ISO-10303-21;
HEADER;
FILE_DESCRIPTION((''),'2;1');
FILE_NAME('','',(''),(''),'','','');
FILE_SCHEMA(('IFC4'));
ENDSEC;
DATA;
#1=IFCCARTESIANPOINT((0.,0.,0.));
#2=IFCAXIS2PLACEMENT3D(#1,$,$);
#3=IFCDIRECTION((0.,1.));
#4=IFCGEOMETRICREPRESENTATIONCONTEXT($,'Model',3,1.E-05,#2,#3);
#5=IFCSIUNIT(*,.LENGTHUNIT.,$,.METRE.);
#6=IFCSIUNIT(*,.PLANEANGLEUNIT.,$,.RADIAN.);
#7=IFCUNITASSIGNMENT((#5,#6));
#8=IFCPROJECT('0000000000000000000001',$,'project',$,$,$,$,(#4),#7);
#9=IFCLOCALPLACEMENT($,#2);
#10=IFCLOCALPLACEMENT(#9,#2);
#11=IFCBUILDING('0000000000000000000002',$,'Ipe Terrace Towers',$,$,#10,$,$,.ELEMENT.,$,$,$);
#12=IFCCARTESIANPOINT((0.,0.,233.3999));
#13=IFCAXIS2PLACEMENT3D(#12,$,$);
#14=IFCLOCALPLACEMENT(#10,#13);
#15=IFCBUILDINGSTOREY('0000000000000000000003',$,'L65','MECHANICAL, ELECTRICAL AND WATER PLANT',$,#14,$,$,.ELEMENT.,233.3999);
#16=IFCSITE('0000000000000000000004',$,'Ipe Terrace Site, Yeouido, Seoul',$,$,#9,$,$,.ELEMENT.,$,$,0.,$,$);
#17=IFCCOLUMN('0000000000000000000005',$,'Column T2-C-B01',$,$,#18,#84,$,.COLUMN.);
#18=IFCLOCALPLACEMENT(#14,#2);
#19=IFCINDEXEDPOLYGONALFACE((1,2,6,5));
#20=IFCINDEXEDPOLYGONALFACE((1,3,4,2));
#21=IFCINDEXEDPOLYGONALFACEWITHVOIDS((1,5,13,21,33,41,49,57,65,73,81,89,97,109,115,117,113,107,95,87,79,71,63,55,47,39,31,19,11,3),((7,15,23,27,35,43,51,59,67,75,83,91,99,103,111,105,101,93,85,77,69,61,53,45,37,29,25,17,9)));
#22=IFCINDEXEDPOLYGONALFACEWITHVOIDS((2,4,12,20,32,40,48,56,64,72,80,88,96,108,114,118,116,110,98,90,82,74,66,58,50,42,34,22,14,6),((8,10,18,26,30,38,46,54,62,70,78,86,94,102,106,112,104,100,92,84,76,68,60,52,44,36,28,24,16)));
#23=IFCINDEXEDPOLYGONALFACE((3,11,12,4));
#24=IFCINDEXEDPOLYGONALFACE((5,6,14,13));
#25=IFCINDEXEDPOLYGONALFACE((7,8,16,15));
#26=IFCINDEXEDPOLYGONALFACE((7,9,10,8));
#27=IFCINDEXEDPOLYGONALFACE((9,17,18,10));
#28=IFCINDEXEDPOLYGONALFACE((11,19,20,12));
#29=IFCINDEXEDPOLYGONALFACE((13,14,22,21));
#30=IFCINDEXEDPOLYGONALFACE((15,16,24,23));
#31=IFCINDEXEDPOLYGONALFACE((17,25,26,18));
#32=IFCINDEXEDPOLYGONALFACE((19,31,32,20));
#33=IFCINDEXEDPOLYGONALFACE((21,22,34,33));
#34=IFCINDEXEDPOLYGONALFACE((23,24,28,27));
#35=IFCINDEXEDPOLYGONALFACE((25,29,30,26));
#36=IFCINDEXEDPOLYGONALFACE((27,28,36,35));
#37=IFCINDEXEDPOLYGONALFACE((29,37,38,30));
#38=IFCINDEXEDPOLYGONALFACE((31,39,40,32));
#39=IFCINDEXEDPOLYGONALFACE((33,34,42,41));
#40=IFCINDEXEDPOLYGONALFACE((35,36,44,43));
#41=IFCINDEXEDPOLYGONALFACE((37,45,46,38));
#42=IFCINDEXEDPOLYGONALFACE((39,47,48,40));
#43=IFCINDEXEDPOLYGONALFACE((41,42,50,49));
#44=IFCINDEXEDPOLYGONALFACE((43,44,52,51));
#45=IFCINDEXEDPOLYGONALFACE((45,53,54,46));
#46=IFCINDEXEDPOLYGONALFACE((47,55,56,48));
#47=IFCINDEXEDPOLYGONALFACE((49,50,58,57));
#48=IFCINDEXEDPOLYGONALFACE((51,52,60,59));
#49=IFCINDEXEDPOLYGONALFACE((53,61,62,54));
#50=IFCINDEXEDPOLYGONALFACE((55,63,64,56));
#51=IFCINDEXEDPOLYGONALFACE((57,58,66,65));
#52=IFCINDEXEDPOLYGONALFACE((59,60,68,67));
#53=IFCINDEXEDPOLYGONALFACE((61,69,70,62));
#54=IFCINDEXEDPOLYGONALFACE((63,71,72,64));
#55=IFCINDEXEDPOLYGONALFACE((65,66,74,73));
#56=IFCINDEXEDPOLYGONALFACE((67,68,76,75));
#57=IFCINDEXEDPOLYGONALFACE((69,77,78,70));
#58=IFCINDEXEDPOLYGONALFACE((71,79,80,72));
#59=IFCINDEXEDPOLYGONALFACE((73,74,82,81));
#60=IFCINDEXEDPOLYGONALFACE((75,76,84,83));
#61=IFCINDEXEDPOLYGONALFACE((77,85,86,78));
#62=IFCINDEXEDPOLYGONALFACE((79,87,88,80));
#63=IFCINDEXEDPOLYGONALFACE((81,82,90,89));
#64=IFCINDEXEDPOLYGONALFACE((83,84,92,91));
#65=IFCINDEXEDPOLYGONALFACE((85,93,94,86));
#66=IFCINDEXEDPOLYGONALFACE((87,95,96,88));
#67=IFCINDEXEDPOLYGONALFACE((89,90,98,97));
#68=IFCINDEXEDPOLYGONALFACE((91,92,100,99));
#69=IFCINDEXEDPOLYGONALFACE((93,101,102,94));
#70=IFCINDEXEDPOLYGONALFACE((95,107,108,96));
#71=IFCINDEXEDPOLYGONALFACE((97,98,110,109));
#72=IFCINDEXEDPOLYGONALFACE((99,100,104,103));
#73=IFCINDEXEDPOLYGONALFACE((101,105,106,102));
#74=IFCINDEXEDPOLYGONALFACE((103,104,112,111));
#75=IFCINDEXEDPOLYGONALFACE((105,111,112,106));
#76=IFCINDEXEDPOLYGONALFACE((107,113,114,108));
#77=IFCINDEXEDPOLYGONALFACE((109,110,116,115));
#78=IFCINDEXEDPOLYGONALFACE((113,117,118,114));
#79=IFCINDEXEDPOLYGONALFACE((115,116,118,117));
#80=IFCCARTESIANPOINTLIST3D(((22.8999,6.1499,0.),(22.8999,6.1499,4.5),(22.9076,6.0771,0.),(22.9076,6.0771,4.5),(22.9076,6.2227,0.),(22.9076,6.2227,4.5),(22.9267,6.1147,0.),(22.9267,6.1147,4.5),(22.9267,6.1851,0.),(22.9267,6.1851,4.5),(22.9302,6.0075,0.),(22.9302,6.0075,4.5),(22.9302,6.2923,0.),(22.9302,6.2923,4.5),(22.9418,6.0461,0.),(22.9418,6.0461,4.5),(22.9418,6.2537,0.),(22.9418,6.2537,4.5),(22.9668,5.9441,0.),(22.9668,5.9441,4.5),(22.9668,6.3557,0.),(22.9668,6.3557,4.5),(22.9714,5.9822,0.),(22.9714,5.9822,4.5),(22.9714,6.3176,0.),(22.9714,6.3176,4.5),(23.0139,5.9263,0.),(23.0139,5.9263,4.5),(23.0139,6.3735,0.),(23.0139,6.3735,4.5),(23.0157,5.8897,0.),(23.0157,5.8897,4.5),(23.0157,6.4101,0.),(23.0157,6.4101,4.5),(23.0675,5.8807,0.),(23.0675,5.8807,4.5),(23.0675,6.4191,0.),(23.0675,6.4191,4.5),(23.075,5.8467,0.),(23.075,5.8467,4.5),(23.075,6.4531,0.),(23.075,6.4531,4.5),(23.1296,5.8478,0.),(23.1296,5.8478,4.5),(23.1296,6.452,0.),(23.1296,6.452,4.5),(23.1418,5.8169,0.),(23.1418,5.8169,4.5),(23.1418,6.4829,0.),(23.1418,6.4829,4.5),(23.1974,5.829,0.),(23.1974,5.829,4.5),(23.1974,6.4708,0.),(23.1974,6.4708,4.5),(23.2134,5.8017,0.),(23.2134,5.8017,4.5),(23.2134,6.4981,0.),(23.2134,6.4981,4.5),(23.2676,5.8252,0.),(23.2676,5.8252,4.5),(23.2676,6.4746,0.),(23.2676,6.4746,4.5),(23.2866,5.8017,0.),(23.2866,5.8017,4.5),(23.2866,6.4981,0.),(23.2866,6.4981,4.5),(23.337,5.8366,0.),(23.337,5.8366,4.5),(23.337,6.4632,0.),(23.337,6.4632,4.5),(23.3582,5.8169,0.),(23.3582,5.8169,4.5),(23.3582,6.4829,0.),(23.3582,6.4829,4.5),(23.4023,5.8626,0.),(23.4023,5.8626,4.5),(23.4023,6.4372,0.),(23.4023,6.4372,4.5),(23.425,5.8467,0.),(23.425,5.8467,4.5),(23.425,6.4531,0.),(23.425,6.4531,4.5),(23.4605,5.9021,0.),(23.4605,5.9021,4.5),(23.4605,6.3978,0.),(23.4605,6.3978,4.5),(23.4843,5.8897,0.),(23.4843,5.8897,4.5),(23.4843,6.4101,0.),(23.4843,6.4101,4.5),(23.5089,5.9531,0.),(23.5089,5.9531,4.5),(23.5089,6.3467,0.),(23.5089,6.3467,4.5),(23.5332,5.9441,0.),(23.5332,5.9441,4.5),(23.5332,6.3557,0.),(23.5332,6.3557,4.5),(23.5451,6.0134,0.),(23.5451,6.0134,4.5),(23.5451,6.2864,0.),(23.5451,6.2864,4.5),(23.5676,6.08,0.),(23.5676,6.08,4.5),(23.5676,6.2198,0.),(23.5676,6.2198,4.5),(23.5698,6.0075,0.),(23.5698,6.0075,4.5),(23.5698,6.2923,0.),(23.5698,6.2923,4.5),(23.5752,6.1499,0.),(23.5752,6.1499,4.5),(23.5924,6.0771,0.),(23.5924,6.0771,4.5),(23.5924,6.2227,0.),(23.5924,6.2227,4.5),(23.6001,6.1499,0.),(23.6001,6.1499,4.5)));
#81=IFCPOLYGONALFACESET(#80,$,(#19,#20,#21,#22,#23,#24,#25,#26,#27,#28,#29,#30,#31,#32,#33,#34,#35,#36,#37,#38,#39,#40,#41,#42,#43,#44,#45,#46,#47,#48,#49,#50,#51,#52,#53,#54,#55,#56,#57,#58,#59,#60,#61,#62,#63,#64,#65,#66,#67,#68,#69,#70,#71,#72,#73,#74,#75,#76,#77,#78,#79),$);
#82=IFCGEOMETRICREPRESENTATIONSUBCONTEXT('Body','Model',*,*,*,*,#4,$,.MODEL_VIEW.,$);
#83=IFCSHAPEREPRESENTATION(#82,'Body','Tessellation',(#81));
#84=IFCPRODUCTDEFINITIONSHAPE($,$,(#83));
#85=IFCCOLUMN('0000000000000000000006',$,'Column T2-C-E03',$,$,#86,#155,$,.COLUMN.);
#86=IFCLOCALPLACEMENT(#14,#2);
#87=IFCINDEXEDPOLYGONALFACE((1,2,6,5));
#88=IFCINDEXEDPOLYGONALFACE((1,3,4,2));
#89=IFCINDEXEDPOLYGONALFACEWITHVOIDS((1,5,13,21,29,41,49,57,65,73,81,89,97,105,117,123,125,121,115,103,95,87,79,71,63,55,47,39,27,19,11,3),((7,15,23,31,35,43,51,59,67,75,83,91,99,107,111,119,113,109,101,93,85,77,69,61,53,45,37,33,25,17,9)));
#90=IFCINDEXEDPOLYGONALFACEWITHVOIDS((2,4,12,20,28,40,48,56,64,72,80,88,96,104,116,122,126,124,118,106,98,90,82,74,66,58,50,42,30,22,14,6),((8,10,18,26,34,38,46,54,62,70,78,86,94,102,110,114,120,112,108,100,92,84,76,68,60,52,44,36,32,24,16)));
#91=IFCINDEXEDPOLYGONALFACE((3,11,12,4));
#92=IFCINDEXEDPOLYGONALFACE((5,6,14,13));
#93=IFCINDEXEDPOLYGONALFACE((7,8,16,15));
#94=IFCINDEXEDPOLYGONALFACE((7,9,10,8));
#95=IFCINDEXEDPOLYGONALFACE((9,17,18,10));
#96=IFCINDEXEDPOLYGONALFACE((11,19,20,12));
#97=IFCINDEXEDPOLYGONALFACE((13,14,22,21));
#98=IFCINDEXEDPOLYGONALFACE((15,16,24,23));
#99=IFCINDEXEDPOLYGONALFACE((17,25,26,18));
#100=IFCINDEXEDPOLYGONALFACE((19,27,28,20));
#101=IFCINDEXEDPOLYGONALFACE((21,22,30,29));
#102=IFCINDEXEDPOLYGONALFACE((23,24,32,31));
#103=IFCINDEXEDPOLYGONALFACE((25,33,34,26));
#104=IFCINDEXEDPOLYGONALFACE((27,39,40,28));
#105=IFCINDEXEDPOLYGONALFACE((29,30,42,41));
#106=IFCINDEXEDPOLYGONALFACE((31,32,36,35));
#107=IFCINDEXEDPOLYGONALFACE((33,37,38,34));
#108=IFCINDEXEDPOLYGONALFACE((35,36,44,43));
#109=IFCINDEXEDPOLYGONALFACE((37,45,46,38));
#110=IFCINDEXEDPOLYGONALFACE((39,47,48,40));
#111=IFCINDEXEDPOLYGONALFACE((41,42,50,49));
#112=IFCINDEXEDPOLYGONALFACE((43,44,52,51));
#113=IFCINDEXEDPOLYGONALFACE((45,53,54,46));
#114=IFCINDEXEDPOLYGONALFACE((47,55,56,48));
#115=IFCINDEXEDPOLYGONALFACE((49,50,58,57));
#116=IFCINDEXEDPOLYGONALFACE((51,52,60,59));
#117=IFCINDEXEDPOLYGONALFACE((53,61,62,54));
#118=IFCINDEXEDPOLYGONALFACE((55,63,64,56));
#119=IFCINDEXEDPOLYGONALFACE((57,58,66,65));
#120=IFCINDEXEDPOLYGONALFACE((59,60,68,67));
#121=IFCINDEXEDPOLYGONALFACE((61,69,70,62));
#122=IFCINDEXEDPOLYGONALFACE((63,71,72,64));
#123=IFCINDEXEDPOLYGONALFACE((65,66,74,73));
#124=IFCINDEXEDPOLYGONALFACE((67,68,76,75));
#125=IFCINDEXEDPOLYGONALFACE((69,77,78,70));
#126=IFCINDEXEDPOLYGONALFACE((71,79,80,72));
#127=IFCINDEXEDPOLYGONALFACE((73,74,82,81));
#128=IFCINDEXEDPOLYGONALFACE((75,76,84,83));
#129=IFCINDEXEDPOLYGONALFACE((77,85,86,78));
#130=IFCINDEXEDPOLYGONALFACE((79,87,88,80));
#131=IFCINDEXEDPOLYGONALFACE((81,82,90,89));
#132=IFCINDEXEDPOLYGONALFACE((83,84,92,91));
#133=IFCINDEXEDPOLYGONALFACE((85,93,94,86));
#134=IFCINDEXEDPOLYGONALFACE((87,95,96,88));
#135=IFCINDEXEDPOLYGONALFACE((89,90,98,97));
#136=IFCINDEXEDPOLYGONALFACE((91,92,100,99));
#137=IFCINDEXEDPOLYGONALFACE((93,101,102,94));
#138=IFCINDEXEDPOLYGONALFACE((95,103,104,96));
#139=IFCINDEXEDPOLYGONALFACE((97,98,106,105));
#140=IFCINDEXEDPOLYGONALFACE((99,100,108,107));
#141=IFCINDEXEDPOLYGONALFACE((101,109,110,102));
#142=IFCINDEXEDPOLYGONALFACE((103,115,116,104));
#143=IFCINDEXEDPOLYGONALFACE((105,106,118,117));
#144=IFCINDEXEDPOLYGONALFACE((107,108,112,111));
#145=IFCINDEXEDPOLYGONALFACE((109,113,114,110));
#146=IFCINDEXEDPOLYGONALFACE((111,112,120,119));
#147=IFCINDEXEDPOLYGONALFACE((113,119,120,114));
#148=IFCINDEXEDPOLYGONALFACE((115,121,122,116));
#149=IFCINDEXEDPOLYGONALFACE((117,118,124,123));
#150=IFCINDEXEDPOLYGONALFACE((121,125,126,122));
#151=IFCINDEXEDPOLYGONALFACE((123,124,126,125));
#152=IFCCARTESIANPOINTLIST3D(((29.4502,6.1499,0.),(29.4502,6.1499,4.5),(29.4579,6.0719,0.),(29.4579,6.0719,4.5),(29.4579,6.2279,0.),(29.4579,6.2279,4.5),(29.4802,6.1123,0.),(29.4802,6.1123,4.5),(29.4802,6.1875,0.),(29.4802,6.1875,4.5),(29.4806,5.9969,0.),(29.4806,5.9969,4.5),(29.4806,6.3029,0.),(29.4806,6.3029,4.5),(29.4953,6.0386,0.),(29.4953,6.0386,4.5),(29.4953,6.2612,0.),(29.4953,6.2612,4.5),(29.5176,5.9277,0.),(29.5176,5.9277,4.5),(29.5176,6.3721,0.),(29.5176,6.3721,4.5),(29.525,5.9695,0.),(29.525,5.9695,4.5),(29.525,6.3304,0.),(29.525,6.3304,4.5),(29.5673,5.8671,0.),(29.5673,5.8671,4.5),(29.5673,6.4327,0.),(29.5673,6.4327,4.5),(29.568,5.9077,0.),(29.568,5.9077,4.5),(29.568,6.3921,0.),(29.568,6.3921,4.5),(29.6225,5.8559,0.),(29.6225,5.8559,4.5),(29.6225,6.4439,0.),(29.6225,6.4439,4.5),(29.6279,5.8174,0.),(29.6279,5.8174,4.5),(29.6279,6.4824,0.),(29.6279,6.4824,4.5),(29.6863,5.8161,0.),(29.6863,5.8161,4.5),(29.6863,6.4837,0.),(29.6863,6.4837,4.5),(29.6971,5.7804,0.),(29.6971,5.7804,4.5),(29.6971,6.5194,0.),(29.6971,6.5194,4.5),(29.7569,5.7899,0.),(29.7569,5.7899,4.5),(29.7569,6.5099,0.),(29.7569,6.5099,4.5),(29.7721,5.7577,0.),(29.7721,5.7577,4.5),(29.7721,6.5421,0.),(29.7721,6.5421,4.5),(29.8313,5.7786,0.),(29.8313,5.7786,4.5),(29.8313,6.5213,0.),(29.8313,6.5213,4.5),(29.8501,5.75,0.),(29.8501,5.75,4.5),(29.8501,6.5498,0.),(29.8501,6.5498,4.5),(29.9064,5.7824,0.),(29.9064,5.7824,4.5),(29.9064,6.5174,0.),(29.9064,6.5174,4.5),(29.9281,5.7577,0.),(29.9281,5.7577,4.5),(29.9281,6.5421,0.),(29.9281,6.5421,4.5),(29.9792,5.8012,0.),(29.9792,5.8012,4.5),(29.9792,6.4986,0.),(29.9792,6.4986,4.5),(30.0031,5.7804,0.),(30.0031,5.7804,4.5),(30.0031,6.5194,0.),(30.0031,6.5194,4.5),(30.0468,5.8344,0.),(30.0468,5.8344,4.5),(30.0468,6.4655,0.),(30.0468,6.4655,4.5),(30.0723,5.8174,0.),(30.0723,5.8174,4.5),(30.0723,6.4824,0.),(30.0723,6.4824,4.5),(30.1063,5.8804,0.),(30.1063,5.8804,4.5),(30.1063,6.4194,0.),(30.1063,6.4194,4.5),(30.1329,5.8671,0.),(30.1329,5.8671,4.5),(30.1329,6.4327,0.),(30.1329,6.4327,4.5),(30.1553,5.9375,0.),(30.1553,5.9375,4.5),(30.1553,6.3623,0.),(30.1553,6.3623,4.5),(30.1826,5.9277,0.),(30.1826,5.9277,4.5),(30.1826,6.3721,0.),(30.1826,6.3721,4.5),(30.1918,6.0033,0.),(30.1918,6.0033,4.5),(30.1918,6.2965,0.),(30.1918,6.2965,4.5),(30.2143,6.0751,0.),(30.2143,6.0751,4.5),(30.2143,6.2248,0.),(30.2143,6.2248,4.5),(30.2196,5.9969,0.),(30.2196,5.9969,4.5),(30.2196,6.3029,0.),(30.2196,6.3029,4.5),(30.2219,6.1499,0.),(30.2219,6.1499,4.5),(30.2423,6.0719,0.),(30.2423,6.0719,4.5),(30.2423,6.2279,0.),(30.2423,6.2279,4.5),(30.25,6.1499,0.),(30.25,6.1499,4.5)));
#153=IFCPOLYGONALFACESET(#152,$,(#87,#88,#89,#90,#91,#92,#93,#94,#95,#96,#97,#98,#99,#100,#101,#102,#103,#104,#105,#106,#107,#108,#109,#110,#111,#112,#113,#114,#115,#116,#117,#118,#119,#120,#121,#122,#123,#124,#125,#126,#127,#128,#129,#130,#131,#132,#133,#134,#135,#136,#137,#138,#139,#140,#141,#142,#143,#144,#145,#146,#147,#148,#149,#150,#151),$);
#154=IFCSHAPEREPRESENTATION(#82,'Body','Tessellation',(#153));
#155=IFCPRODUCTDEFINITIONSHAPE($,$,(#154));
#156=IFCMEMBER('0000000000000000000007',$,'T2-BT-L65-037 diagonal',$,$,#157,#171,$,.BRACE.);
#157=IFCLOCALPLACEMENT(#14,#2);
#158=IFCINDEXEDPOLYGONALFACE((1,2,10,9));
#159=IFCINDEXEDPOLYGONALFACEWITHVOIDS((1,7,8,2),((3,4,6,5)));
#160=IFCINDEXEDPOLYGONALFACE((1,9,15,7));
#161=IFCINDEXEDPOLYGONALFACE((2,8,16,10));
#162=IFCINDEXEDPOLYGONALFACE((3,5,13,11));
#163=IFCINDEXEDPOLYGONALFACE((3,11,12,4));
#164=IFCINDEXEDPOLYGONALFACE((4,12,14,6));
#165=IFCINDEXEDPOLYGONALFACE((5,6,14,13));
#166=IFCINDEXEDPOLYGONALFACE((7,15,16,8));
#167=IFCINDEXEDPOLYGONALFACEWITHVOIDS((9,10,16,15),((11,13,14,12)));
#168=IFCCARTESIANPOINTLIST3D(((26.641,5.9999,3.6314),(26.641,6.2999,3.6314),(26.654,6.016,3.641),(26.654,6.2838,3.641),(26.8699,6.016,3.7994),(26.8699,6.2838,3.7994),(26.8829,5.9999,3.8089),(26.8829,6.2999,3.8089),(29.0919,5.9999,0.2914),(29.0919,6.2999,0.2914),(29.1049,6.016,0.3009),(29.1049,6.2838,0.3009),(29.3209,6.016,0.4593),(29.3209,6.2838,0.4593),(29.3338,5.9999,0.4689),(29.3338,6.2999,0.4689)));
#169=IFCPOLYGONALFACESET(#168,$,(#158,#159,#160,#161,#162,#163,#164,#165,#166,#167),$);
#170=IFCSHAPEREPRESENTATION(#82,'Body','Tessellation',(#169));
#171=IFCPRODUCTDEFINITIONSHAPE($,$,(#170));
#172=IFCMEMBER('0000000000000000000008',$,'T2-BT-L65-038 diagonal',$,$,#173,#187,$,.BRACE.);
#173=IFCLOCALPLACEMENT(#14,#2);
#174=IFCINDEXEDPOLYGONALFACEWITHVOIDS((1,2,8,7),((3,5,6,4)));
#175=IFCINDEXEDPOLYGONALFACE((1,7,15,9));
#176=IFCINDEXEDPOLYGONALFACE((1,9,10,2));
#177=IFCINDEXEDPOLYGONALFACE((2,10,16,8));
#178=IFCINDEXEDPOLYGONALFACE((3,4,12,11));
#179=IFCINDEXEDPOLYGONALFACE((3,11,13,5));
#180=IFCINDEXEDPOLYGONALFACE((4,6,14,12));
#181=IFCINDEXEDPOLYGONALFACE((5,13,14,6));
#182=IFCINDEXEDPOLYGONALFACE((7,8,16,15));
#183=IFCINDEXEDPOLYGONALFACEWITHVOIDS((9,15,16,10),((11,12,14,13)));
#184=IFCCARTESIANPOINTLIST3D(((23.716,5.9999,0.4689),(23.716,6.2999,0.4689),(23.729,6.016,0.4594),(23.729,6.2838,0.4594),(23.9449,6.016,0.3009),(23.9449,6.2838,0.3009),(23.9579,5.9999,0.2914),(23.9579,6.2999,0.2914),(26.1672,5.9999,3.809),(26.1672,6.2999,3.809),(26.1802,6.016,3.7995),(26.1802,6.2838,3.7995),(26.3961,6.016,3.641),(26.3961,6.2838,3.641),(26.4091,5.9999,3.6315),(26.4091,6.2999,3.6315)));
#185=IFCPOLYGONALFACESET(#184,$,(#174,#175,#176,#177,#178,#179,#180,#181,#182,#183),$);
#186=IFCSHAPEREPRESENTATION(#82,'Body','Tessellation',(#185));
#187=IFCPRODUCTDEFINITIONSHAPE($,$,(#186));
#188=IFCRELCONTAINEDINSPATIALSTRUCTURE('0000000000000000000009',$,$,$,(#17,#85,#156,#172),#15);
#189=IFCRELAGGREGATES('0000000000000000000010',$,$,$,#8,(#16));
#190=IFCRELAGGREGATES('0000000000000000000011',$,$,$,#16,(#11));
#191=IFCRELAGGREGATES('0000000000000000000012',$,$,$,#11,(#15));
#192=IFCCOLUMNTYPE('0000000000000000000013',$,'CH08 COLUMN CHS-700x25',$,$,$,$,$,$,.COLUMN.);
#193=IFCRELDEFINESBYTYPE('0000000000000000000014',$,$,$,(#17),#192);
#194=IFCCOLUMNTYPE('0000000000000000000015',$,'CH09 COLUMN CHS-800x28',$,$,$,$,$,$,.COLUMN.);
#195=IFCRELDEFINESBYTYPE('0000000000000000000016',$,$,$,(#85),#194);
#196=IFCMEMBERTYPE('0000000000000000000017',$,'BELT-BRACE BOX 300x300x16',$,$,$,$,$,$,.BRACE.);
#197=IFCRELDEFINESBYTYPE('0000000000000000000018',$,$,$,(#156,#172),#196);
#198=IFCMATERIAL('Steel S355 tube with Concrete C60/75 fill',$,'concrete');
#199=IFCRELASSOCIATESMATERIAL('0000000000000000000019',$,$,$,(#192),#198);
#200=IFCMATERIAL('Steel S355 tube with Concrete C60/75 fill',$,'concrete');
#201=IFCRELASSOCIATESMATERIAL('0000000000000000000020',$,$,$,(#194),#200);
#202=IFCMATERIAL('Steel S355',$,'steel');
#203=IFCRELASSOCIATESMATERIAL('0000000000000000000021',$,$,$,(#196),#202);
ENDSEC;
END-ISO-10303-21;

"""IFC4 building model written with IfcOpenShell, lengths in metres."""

from ifc_helpers import new_model, si_unit, direction, frame, origin, origin_2d, place, context, subcontext, project, spatial, hollow_rectangle, hollow_circle, extrude, material, material_profile, profile_set, type_object, element, save


model = new_model("IFC4")

# Units and contexts
model_context = context("Model", 3, precision=1e-05, world=origin(), true_north=direction((0.0, 1.0)))
body_context = subcontext(model_context, "Body", "Model", "MODEL_VIEW")
ifc_project = project(units=[si_unit("LENGTHUNIT", "METRE"), si_unit("PLANEANGLEUNIT", "RADIAN")], contexts=[model_context])

# Site, building, storey
site_placement = place(None, origin())
site = spatial("IfcSite", under=ifc_project, at=site_placement, Name="Ipe Terrace Site, Yeouido, Seoul", CompositionType="ELEMENT", RefElevation=0.0)
building_placement = place(site_placement, origin())
building = spatial("IfcBuilding", under=site, at=building_placement, Name="Ipe Terrace Towers", CompositionType="ELEMENT")
storey_placement = place(building_placement, frame((0.0, 0.0, 233.3999)))
storey = spatial("IfcBuildingStorey", under=building, at=storey_placement, Name="L65", Description="MECHANICAL, ELECTRICAL AND WATER PLANT", CompositionType="ELEMENT", Elevation=233.3999)

# Columns
ifc_material_1 = material(Name="Steel S355 tube with Concrete C60/75 fill", Category="concrete")
ifc_material_profile_1 = material_profile(ifc_material_1, hollow_circle(Radius=0.3501, WallThickness=0.0249, at=origin_2d()), Name="CHS-700x25")
ifc_profile_set_1 = profile_set([ifc_material_profile_1], Name="Steel S355 tube with Concrete C60/75 fill")
column_type_1 = type_object("IfcColumnType", Name="CH08 COLUMN CHS-700x25", PredefinedType="COLUMN", material=ifc_profile_set_1)
column_1_placement = place(storey_placement, frame((23.25, 6.1499, 0.0), z_axis=(0.0, 0.0, 1.0), x_axis=(1.0, 0.0, 0.0)))
element("IfcColumn", 1, at=column_1_placement, inside=storey, type_object=column_type_1, Name="Column T2-C-B01", PredefinedType="COLUMN", context=body_context, shape_type="SweptSolid", body=[
    extrude(hollow_circle(Radius=0.3501, WallThickness=0.0249, at=origin_2d()), origin(), (0.0, 0.0, 1.0), 4.5),
])
ifc_material_2 = material(Name="Steel S355 tube with Concrete C60/75 fill", Category="concrete")
ifc_material_profile_2 = material_profile(ifc_material_2, hollow_circle(Radius=0.3999, WallThickness=0.0281, at=origin_2d()), Name="CHS-800x28")
ifc_profile_set_2 = profile_set([ifc_material_profile_2], Name="Steel S355 tube with Concrete C60/75 fill")
column_type_2 = type_object("IfcColumnType", Name="CH09 COLUMN CHS-800x28", PredefinedType="COLUMN", material=ifc_profile_set_2)
column_2_placement = place(storey_placement, frame((29.8501, 6.1499, 0.0), z_axis=(0.0, 0.0, 1.0), x_axis=(1.0, 0.0, 0.0)))
element("IfcColumn", 2, at=column_2_placement, inside=storey, type_object=column_type_2, Name="Column T2-C-E03", PredefinedType="COLUMN", context=body_context, shape_type="SweptSolid", body=[
    extrude(hollow_circle(Radius=0.3999, WallThickness=0.0281, at=origin_2d()), origin(), (0.0, 0.0, 1.0), 4.5),
])

# Members
ifc_material_3 = material(Name="Steel S355", Category="steel")
ifc_material_profile_3 = material_profile(ifc_material_3, hollow_rectangle(XDim=0.3, YDim=0.3, WallThickness=0.0161, at=origin_2d()), Name="BELT-BRACE BOX 300x300x16")
ifc_profile_set_3 = profile_set([ifc_material_profile_3], Name="Steel S355")
member_type_1 = type_object("IfcMemberType", Name="BELT-BRACE BOX 300x300x16", PredefinedType="BRACE", material=ifc_profile_set_3)
member_1_placement = place(storey_placement, frame((29.2129, 6.1499, 0.3801), z_axis=(-0.591604, 0.0, 0.806229), x_axis=(0.0, -1.0, 0.0)))
element("IfcMember", 3, at=member_1_placement, inside=storey, type_object=member_type_1, Name="T2-BT-L65-037 diagonal", PredefinedType="BRACE", context=body_context, shape_type="SweptSolid", body=[
    extrude(hollow_rectangle(XDim=0.3, YDim=0.3, WallThickness=0.0161, at=origin_2d()), origin(), (0.0, 0.0, 1.0), 4.1428),
])
member_2_placement = place(storey_placement, frame((23.8369, 6.1499, 0.3801), z_axis=(0.591642, 0.0, 0.806201), x_axis=(0.0, 1.0, 0.0)))
element("IfcMember", 4, at=member_2_placement, inside=storey, type_object=member_type_1, Name="T2-BT-L65-038 diagonal", PredefinedType="BRACE", context=body_context, shape_type="SweptSolid", body=[
    extrude(hollow_rectangle(XDim=0.3, YDim=0.3, WallThickness=0.0161, at=origin_2d()), origin(), (0.0, 0.0, 1.0), 4.1431),
])

save(model, "model.ifc")
